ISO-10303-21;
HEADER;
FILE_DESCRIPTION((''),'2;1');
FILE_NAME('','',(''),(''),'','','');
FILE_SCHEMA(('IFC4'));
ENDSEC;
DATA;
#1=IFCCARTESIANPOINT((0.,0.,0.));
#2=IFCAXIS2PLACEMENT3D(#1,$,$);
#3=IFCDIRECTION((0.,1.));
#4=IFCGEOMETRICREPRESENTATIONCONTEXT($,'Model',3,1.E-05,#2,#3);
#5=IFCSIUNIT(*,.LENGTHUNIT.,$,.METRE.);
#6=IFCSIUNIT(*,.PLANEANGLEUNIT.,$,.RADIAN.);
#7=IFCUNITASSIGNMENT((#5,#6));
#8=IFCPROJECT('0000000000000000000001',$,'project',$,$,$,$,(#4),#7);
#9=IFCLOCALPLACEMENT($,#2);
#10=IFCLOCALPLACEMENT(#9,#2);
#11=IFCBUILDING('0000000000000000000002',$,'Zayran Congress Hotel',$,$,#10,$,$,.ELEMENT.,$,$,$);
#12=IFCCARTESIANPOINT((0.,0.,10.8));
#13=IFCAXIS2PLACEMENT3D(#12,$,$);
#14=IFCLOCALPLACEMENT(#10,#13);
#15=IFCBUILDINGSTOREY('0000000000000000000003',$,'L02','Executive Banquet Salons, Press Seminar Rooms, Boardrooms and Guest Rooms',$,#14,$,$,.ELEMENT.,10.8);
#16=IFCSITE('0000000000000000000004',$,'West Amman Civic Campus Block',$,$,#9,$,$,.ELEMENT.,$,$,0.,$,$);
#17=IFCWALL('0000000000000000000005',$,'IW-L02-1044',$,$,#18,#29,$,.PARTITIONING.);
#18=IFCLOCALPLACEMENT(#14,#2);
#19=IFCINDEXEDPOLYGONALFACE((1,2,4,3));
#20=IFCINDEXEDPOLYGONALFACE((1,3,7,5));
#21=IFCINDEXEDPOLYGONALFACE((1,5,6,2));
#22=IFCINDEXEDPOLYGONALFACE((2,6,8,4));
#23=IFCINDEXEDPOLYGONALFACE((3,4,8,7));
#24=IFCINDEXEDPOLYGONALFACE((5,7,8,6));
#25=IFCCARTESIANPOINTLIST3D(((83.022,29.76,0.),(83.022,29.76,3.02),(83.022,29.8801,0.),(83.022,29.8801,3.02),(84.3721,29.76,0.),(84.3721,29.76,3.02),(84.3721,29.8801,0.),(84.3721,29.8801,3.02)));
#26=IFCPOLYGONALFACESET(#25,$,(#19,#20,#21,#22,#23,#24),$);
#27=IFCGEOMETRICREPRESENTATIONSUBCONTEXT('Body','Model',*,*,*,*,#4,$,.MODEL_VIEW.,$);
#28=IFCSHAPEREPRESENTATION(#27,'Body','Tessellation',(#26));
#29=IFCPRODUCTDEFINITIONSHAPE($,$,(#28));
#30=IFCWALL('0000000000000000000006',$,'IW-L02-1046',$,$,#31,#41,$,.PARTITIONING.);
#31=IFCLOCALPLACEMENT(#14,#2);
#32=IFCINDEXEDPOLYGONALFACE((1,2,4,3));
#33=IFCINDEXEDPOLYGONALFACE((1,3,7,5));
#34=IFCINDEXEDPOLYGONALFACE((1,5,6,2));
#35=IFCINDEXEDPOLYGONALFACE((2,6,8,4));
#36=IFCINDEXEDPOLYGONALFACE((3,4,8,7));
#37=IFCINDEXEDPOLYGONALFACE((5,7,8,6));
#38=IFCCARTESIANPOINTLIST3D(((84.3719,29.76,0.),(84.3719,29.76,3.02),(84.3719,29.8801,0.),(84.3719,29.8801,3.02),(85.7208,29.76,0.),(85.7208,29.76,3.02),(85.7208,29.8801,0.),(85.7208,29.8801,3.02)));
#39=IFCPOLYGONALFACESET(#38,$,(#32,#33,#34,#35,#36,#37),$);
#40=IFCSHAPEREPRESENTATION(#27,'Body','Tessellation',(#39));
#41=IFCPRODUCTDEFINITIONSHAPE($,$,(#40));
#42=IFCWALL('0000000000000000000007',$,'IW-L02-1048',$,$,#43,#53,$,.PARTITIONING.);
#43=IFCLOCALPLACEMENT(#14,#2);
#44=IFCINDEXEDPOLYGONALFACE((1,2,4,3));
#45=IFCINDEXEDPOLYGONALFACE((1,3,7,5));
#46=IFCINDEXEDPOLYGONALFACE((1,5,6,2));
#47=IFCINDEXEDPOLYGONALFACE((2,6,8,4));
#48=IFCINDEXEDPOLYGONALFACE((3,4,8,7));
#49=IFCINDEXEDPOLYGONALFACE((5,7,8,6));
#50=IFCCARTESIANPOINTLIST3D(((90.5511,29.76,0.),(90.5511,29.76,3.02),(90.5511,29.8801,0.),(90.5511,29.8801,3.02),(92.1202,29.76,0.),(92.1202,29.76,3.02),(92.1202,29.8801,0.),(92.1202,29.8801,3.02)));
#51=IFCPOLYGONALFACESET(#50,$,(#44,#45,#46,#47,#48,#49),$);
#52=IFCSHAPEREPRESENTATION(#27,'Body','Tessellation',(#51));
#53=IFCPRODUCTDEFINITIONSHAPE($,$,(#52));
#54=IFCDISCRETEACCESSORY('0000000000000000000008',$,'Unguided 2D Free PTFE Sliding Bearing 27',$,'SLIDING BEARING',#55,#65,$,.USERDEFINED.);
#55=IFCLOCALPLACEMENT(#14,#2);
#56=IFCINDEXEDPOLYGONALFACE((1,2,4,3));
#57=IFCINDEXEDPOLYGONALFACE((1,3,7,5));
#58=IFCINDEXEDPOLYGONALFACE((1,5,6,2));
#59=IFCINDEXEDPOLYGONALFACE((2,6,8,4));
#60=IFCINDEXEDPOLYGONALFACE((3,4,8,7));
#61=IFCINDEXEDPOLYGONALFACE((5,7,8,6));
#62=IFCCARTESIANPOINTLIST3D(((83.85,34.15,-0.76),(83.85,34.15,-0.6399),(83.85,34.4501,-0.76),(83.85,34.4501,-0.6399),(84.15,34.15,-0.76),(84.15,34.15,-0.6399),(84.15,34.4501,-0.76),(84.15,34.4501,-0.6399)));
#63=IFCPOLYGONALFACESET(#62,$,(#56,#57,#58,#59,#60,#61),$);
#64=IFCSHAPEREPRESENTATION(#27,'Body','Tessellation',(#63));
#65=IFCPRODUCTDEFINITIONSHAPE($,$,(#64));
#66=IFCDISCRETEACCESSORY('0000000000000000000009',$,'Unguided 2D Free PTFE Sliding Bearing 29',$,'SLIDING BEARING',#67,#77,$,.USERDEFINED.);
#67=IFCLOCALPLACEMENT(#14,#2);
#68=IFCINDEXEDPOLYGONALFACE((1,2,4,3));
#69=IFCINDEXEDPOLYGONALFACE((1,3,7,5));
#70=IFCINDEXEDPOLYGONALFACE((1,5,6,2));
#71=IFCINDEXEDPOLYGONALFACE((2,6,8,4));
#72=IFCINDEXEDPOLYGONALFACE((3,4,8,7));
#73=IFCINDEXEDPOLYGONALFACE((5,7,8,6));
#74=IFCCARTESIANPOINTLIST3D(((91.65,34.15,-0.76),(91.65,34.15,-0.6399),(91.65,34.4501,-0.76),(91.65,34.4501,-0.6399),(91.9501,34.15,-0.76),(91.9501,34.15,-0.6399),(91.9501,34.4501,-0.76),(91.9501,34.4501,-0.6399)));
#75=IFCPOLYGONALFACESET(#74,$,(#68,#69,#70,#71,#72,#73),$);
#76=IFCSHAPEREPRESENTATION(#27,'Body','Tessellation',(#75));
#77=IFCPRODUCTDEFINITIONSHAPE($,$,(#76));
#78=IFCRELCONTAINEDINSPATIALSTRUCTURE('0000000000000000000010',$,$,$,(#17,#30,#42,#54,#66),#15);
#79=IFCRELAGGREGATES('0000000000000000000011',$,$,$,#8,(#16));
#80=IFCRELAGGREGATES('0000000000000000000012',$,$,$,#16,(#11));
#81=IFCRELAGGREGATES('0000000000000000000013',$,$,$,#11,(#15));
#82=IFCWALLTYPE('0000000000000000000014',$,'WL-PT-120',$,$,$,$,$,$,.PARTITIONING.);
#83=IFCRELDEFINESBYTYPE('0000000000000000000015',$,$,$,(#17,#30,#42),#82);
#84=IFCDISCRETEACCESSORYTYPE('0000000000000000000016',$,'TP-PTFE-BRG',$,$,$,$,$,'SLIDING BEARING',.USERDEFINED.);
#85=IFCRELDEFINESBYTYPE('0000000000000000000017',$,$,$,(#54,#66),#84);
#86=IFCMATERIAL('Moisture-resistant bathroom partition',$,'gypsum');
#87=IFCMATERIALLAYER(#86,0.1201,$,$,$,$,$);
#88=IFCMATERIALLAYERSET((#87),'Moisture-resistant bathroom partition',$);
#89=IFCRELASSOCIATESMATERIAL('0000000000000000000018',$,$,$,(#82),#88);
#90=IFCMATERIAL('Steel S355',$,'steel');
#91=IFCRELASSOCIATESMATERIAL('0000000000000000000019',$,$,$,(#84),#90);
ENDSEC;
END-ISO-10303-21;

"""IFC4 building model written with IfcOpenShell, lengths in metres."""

from ifc_helpers import new_model, si_unit, direction, frame, frame_2d, origin, origin_2d, place, context, subcontext, project, spatial, rectangle, extrude, material, layer, layer_set, type_object, element, save


model = new_model("IFC4")

# Units and contexts
model_context = context("Model", 3, precision=1e-05, world=origin(), true_north=direction((0.0, 1.0)))
body_context = subcontext(model_context, "Body", "Model", "MODEL_VIEW")
ifc_project = project(units=[si_unit("LENGTHUNIT", "METRE"), si_unit("PLANEANGLEUNIT", "RADIAN")], contexts=[model_context])

# Site, building, storey
site_placement = place(None, origin())
site = spatial("IfcSite", under=ifc_project, at=site_placement, Name="West Amman Civic Campus Block", CompositionType="ELEMENT", RefElevation=0.0)
building_placement = place(site_placement, origin())
building = spatial("IfcBuilding", under=site, at=building_placement, Name="Zayran Congress Hotel", CompositionType="ELEMENT")
storey_placement = place(building_placement, frame((0.0, 0.0, 10.8)))
storey = spatial("IfcBuildingStorey", under=building, at=storey_placement, Name="L02", Description="Executive Banquet Salons, Press Seminar Rooms, Boardrooms and Guest Rooms", CompositionType="ELEMENT", Elevation=10.8)

# Walls
ifc_material_1 = material(Name="Moisture-resistant bathroom partition", Category="gypsum")
ifc_layer_1 = layer(ifc_material_1, 0.1201)
ifc_layer_set_1 = layer_set([ifc_layer_1], Name="Moisture-resistant bathroom partition")
wall_type_1 = type_object("IfcWallType", Name="WL-PT-120", PredefinedType="PARTITIONING", material=ifc_layer_set_1)
wall_1_placement = place(storey_placement, frame((83.022, 29.8201, 0.0), z_axis=(0.0, 0.0, 1.0), x_axis=(1.0, 0.0, 0.0)))
element("IfcWall", 1, at=wall_1_placement, inside=storey, type_object=wall_type_1, Name="IW-L02-1044", PredefinedType="PARTITIONING", context=body_context, shape_type="SweptSolid", body=[
    extrude(rectangle(XDim=1.3501, YDim=0.1201, at=frame_2d((0.675, 0.0))), origin(), (0.0, 0.0, 1.0), 3.02),
])
wall_2_placement = place(storey_placement, frame((84.3721, 29.8201, 0.0), z_axis=(0.0, 0.0, 1.0), x_axis=(1.0, 0.0, 0.0)))
element("IfcWall", 2, at=wall_2_placement, inside=storey, type_object=wall_type_1, Name="IW-L02-1046", PredefinedType="PARTITIONING", context=body_context, shape_type="SweptSolid", body=[
    extrude(rectangle(XDim=1.3489, YDim=0.1201, at=frame_2d((0.6743, 0.0))), origin(), (0.0, 0.0, 1.0), 3.02),
])
wall_3_placement = place(storey_placement, frame((90.551, 29.8201, 0.0), z_axis=(0.0, 0.0, 1.0), x_axis=(1.0, 0.0, 0.0)))
element("IfcWall", 3, at=wall_3_placement, inside=storey, type_object=wall_type_1, Name="IW-L02-1048", PredefinedType="PARTITIONING", context=body_context, shape_type="SweptSolid", body=[
    extrude(rectangle(XDim=1.5691, YDim=0.1201, at=frame_2d((0.7847, 0.0))), origin(), (0.0, 0.0, 1.0), 3.02),
])

# Discrete accessories
ifc_material_2 = material(Name="Steel S355", Category="steel")
discrete_accessory_type = type_object("IfcDiscreteAccessoryType", Name="TP-PTFE-BRG", ElementType="SLIDING BEARING", PredefinedType="USERDEFINED", material=ifc_material_2)
for number, where, z_axis, x_axis, name in (
    (4, (84.0, 34.3, -0.76), (0.0, 0.0, 1.0), (1.0, 0.0, 0.0), "Unguided 2D Free PTFE Sliding Bearing 27"),
    (5, (91.8, 34.3, -0.76), (0.0, 0.0, 1.0), (1.0, 0.0, 0.0), "Unguided 2D Free PTFE Sliding Bearing 29"),
):
    element("IfcDiscreteAccessory", number, at=place(storey_placement, frame(where, z_axis=z_axis, x_axis=x_axis)), inside=storey, type_object=discrete_accessory_type, Name=name, ObjectType="SLIDING BEARING", PredefinedType="USERDEFINED", context=body_context, shape_type="SweptSolid", body=[
        extrude(rectangle(XDim=0.3, YDim=0.3, at=origin_2d()), origin(), (0.0, 0.0, 1.0), 0.1201),
    ])

save(model, "model.ifc")
